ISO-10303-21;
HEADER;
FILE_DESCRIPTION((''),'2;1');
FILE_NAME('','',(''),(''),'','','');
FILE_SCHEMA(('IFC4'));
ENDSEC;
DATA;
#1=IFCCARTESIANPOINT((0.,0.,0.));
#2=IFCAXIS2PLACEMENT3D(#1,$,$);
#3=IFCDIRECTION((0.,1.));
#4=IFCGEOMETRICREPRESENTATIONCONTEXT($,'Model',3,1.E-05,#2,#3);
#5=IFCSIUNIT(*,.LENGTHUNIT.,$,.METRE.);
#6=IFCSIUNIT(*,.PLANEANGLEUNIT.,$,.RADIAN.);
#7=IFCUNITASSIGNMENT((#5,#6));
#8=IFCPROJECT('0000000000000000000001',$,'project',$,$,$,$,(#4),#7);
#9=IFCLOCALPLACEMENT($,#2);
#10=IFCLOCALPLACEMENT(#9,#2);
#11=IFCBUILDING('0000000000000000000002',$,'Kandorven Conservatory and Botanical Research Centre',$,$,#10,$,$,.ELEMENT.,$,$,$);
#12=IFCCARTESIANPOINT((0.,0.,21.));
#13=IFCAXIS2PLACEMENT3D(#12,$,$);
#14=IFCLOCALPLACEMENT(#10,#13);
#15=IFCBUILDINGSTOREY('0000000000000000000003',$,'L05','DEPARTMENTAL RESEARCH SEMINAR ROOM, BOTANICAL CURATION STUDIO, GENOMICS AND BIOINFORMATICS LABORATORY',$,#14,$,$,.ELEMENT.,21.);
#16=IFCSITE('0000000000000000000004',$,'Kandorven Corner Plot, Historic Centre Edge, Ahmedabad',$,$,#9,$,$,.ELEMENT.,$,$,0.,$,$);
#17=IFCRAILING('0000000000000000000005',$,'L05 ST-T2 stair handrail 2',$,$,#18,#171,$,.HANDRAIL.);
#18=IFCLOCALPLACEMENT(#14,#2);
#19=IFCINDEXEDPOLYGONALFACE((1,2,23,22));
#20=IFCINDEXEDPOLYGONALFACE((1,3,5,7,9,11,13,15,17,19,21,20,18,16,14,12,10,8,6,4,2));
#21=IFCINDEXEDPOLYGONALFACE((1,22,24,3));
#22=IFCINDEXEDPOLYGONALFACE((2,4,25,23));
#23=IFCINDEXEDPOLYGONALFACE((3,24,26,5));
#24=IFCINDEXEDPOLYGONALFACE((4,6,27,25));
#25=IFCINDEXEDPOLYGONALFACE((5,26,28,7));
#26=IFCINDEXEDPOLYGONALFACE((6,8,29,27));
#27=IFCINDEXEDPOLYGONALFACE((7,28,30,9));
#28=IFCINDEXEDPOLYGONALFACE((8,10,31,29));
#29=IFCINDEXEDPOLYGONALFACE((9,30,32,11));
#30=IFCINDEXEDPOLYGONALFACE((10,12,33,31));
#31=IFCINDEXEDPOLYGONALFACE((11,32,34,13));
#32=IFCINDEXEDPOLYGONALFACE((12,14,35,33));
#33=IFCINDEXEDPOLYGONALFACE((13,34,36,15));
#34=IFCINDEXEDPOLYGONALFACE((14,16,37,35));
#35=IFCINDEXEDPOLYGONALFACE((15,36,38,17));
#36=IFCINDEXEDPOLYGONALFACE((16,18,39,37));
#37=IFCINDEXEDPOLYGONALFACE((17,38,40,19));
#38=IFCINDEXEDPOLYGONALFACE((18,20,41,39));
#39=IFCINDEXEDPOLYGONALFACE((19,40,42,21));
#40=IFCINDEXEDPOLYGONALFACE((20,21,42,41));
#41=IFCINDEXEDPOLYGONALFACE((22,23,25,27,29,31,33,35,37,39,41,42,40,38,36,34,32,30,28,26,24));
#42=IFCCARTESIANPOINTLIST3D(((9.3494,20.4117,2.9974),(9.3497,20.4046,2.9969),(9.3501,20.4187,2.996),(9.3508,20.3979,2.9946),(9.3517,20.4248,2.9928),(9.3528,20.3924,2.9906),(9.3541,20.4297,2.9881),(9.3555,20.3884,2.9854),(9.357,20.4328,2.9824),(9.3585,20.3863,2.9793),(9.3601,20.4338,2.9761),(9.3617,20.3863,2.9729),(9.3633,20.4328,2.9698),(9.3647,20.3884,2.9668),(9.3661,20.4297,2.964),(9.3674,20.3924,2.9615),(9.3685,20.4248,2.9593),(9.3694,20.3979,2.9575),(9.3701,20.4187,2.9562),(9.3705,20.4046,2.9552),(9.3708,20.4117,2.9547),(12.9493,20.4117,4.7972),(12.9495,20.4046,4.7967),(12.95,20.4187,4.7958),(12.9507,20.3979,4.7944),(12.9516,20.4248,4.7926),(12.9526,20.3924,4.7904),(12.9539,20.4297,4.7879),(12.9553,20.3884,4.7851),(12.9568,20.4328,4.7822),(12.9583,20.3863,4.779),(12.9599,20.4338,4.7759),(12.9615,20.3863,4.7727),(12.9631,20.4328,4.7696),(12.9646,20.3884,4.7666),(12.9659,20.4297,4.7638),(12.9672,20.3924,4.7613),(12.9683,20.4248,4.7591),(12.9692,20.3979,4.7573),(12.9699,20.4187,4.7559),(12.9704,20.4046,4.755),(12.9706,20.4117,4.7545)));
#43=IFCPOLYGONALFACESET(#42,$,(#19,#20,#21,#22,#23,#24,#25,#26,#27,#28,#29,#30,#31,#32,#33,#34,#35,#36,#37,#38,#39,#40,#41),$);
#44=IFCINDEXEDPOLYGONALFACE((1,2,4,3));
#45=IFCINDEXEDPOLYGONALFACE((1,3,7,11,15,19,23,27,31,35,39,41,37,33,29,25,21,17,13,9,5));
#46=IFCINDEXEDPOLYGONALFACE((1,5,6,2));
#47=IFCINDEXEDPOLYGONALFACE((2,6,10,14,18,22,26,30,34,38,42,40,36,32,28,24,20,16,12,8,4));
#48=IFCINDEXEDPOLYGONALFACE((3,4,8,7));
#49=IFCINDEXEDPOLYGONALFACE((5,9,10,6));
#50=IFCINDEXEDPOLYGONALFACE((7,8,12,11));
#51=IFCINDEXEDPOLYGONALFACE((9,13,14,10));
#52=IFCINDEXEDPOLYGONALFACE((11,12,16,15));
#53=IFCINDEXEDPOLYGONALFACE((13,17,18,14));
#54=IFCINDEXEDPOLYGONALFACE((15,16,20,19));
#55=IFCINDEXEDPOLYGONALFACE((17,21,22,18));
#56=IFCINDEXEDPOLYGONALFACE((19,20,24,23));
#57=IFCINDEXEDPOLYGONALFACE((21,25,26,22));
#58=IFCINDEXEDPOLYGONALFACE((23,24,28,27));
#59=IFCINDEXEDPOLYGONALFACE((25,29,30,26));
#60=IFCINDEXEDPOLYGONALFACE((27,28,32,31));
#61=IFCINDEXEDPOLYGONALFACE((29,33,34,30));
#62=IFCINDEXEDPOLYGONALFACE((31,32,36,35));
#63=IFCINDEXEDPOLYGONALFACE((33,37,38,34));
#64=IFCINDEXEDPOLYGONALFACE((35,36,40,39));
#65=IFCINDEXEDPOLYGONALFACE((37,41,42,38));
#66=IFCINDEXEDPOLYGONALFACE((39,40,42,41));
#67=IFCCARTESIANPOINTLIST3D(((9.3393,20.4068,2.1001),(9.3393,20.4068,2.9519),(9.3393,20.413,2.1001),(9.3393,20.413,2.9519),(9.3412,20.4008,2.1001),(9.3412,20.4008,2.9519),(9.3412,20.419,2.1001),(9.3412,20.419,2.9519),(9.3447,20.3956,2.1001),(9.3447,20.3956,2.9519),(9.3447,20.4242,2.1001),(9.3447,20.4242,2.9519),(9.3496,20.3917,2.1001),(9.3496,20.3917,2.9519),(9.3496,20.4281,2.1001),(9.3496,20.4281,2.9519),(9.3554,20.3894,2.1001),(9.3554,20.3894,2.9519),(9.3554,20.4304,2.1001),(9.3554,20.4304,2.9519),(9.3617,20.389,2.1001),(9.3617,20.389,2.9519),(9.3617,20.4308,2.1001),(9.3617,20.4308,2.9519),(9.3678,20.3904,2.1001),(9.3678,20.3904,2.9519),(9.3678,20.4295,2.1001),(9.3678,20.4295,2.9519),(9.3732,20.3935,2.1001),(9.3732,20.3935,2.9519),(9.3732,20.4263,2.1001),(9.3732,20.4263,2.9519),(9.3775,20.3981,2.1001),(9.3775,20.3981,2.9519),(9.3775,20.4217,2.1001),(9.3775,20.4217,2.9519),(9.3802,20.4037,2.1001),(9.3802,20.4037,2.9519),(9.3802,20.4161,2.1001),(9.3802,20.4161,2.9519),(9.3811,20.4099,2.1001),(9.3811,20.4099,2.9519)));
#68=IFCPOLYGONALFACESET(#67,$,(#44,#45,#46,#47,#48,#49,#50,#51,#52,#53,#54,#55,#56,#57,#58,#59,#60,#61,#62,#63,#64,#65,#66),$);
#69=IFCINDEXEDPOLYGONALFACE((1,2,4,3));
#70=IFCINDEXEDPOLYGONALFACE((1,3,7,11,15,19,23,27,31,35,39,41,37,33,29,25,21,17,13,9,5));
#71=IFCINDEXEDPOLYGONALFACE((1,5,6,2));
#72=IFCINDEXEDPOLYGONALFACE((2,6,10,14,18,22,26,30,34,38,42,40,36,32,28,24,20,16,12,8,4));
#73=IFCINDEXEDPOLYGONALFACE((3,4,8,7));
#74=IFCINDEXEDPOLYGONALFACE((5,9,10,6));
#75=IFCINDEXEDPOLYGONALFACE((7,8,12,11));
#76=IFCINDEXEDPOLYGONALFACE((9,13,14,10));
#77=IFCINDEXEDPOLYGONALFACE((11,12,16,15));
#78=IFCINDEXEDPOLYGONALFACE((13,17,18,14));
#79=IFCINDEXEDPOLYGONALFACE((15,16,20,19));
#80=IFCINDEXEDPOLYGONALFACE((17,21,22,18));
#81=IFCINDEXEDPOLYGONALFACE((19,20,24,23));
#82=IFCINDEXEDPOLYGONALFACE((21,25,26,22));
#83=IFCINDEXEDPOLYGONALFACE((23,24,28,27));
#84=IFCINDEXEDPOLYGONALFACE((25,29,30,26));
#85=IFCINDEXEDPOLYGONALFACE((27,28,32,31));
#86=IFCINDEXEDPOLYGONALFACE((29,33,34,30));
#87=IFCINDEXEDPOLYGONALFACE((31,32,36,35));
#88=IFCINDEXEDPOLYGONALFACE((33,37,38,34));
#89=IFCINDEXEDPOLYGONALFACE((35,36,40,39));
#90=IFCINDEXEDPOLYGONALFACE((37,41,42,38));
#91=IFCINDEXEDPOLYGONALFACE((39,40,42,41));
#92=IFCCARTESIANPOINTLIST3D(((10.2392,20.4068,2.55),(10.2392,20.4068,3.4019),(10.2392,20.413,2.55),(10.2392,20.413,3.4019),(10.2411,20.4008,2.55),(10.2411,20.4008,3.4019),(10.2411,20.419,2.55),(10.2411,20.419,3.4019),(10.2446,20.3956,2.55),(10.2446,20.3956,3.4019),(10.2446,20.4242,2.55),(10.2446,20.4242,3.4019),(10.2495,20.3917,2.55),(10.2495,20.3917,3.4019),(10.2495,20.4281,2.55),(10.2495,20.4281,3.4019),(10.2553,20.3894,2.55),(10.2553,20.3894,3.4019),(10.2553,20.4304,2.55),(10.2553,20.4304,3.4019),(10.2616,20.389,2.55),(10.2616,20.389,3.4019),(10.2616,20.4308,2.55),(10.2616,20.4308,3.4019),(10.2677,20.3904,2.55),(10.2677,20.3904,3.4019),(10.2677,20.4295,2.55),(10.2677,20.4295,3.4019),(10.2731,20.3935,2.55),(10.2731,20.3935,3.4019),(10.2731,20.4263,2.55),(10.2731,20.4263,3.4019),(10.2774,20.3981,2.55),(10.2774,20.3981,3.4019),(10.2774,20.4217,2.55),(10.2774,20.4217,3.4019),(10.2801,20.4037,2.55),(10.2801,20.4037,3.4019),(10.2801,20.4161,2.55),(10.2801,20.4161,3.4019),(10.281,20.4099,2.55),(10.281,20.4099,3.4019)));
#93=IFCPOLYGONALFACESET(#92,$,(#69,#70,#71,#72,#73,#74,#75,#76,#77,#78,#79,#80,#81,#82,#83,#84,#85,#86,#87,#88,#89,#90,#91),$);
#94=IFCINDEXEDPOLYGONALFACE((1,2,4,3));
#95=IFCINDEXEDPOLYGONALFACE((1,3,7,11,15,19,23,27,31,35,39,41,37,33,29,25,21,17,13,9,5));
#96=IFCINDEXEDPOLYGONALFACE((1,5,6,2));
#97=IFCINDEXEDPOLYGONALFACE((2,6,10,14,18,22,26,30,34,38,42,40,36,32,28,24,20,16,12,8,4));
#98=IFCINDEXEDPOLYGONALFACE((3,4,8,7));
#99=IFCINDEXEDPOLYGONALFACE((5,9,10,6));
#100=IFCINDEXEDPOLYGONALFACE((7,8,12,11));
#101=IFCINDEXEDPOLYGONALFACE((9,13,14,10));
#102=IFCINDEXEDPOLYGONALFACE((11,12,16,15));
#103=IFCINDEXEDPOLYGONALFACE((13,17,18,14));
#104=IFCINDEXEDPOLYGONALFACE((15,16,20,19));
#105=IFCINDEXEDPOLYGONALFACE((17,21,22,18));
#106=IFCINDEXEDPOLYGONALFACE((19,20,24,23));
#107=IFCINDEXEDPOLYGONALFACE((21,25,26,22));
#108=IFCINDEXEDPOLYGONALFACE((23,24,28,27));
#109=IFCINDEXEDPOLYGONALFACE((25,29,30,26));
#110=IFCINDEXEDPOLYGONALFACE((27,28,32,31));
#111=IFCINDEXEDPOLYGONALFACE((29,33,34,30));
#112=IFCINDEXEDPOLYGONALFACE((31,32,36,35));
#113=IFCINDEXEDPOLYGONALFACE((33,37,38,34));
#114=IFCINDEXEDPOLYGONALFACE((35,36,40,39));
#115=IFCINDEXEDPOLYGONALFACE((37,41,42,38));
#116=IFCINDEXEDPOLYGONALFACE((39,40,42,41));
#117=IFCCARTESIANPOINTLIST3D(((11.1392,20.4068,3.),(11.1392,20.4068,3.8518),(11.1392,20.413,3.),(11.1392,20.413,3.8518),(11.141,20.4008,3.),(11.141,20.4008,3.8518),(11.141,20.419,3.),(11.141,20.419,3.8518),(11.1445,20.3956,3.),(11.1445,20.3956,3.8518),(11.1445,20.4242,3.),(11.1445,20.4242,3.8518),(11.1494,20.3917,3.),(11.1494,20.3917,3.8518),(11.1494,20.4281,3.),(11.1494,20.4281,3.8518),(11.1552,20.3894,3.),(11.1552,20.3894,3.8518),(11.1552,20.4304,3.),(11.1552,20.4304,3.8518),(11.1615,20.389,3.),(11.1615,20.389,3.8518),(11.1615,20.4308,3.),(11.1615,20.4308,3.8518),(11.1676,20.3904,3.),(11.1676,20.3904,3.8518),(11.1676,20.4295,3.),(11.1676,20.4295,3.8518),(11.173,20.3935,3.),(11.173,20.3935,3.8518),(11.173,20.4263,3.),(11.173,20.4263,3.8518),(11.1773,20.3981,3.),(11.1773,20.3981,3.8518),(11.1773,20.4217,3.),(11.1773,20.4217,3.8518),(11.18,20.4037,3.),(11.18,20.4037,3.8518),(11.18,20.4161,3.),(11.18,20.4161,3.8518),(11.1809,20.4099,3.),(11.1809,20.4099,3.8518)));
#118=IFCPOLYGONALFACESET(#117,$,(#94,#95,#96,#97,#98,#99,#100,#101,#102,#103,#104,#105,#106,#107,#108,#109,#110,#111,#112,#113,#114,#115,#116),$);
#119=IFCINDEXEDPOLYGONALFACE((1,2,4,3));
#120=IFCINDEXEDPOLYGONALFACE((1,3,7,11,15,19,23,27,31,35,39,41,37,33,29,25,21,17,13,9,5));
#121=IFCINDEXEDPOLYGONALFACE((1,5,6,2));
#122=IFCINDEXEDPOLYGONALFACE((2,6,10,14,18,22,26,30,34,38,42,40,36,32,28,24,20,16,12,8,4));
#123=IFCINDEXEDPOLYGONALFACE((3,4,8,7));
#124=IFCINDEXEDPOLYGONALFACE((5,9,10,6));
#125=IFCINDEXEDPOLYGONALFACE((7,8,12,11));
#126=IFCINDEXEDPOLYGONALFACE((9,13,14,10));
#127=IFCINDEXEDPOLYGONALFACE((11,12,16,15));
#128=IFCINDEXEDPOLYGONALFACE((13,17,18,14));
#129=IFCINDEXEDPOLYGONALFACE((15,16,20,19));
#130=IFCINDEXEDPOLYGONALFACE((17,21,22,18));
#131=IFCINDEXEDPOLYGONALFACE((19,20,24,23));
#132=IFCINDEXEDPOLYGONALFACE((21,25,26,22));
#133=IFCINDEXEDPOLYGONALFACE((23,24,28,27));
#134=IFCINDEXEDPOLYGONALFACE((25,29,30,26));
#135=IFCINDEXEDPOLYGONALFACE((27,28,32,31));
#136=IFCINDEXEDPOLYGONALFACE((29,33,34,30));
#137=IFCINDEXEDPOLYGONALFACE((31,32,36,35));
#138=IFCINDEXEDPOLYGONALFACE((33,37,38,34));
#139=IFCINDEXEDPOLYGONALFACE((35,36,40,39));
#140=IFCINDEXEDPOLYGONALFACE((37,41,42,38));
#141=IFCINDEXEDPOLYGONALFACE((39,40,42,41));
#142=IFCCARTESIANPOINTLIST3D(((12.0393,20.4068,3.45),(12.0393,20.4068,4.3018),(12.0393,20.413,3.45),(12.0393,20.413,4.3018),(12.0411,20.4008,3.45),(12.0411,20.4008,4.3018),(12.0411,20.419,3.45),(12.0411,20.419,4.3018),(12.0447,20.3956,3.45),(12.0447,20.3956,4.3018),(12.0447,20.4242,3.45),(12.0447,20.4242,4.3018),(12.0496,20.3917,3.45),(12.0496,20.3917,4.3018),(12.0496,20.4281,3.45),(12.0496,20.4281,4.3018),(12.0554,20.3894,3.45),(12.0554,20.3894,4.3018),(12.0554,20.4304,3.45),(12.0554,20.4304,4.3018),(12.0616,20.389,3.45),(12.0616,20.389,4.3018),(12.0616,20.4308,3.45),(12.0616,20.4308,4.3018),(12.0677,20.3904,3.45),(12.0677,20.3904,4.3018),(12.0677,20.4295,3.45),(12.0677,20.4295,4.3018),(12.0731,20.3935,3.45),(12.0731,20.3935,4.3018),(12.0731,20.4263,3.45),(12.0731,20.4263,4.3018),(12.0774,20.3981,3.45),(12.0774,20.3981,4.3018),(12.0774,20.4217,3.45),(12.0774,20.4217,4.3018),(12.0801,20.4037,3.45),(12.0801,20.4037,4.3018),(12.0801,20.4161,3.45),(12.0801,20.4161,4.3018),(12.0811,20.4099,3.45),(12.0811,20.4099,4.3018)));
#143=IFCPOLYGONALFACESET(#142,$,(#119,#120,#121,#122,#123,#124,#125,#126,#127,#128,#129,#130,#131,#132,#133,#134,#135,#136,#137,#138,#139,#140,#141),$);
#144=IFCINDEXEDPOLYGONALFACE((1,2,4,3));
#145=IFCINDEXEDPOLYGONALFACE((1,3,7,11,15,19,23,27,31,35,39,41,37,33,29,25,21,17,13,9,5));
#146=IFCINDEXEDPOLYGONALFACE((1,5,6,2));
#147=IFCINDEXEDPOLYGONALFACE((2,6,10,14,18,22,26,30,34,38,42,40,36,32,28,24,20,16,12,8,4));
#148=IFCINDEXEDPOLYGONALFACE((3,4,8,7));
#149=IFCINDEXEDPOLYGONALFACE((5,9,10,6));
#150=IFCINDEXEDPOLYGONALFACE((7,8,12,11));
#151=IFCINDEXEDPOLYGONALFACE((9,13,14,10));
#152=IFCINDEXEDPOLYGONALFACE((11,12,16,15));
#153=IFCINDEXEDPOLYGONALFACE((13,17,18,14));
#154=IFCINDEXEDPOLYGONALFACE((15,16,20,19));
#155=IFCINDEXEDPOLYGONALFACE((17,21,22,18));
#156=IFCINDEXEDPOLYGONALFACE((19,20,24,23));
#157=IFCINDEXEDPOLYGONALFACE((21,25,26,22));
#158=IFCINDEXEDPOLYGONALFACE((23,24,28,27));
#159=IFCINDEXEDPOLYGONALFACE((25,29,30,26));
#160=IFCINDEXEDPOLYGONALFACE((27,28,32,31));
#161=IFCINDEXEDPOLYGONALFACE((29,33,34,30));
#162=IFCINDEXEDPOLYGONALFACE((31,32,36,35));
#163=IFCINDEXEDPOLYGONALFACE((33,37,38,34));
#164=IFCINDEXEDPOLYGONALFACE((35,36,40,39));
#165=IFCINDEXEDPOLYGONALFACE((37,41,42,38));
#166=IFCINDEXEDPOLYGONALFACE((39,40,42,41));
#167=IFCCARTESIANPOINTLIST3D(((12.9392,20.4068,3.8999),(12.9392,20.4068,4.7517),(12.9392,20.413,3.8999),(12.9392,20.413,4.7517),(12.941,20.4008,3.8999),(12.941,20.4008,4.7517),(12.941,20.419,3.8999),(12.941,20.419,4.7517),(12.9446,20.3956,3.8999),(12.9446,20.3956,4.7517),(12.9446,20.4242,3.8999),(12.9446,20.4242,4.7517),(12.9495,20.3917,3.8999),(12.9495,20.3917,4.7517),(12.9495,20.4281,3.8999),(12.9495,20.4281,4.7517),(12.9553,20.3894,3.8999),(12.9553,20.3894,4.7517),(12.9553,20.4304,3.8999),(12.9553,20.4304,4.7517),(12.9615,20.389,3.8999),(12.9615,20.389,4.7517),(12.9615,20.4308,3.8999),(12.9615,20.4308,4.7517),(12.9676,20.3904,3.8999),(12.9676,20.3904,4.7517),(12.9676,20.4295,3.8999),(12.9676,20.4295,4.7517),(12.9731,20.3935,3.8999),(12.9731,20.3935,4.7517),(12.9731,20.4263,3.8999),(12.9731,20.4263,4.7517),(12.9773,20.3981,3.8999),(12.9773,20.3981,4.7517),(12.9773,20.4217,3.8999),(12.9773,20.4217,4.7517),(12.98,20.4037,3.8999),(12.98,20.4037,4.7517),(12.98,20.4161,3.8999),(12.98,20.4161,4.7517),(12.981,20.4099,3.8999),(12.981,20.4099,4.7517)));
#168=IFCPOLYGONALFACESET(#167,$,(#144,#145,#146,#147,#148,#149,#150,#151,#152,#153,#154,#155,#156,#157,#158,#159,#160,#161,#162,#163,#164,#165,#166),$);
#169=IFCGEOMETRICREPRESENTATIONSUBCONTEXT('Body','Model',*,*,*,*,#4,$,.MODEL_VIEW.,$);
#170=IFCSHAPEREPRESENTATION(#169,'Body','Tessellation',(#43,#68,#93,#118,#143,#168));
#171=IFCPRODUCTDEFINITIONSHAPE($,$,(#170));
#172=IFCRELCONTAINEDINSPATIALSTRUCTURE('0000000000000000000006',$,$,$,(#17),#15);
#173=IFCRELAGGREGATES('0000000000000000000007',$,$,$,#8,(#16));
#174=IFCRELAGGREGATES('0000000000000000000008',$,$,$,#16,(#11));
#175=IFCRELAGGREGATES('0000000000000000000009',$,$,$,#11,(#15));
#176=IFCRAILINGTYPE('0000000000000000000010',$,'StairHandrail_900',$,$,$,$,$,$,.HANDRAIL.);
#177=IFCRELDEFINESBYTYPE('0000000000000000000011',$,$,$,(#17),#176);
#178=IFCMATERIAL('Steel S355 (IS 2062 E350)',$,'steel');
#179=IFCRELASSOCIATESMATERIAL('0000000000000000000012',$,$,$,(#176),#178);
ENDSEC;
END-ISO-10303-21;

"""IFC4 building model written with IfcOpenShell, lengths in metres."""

from ifc_helpers import new_model, si_unit, direction, frame, origin, origin_2d, place, context, subcontext, project, spatial, circle, extrude, material, type_object, element, save


model = new_model("IFC4")

# Units and contexts
model_context = context("Model", 3, precision=1e-05, world=origin(), true_north=direction((0.0, 1.0)))
body_context = subcontext(model_context, "Body", "Model", "MODEL_VIEW")
ifc_project = project(units=[si_unit("LENGTHUNIT", "METRE"), si_unit("PLANEANGLEUNIT", "RADIAN")], contexts=[model_context])

# Site, building, storey
site_placement = place(None, origin())
site = spatial("IfcSite", under=ifc_project, at=site_placement, Name="Kandorven Corner Plot, Historic Centre Edge, Ahmedabad", CompositionType="ELEMENT", RefElevation=0.0)
building_placement = place(site_placement, origin())
building = spatial("IfcBuilding", under=site, at=building_placement, Name="Kandorven Conservatory and Botanical Research Centre", CompositionType="ELEMENT")
storey_placement = place(building_placement, frame((0.0, 0.0, 21.0)))
storey = spatial("IfcBuildingStorey", under=building, at=storey_placement, Name="L05", Description="DEPARTMENTAL RESEARCH SEMINAR ROOM, BOTANICAL CURATION STUDIO, GENOMICS AND BIOINFORMATICS LABORATORY", CompositionType="ELEMENT", Elevation=21.0)

# Railing
ifc_material_1 = material(Name="Steel S355 (IS 2062 E350)", Category="steel")
railing_type_1 = type_object("IfcRailingType", Name="StairHandrail_900", PredefinedType="HANDRAIL", material=ifc_material_1)
railing_1_placement = place(storey_placement, frame((9.3601, 20.4099, 2.1001)))
element("IfcRailing", 1, at=railing_1_placement, inside=storey, type_object=railing_type_1, Name="L05 ST-T2 stair handrail 2", PredefinedType="HANDRAIL", context=body_context, shape_type="SweptSolid", body=[
    extrude(circle(Radius=0.0239, at=origin_2d()), frame((0.0, 0.0, 0.876), z_axis=(0.894439, 0.0, 0.447189), x_axis=(0.0, 1.0, 0.0)), (0.0, 0.0, 1.0), 4.0247),
    extrude(circle(Radius=0.021, at=origin_2d()), origin(), (0.0, 0.0, 1.0), 0.8518),
    extrude(circle(Radius=0.021, at=origin_2d()), frame((0.8999, 0.0, 0.45)), (0.0, 0.0, 1.0), 0.8518),
    extrude(circle(Radius=0.021, at=origin_2d()), frame((1.7998, 0.0, 0.8999)), (0.0, 0.0, 1.0), 0.8518),
    extrude(circle(Radius=0.021, at=origin_2d()), frame((2.7, 0.0, 1.3499)), (0.0, 0.0, 1.0), 0.8518),
    extrude(circle(Radius=0.021, at=origin_2d()), frame((3.5999, 0.0, 1.7998)), (0.0, 0.0, 1.0), 0.8518),
])

save(model, "model.ifc")
